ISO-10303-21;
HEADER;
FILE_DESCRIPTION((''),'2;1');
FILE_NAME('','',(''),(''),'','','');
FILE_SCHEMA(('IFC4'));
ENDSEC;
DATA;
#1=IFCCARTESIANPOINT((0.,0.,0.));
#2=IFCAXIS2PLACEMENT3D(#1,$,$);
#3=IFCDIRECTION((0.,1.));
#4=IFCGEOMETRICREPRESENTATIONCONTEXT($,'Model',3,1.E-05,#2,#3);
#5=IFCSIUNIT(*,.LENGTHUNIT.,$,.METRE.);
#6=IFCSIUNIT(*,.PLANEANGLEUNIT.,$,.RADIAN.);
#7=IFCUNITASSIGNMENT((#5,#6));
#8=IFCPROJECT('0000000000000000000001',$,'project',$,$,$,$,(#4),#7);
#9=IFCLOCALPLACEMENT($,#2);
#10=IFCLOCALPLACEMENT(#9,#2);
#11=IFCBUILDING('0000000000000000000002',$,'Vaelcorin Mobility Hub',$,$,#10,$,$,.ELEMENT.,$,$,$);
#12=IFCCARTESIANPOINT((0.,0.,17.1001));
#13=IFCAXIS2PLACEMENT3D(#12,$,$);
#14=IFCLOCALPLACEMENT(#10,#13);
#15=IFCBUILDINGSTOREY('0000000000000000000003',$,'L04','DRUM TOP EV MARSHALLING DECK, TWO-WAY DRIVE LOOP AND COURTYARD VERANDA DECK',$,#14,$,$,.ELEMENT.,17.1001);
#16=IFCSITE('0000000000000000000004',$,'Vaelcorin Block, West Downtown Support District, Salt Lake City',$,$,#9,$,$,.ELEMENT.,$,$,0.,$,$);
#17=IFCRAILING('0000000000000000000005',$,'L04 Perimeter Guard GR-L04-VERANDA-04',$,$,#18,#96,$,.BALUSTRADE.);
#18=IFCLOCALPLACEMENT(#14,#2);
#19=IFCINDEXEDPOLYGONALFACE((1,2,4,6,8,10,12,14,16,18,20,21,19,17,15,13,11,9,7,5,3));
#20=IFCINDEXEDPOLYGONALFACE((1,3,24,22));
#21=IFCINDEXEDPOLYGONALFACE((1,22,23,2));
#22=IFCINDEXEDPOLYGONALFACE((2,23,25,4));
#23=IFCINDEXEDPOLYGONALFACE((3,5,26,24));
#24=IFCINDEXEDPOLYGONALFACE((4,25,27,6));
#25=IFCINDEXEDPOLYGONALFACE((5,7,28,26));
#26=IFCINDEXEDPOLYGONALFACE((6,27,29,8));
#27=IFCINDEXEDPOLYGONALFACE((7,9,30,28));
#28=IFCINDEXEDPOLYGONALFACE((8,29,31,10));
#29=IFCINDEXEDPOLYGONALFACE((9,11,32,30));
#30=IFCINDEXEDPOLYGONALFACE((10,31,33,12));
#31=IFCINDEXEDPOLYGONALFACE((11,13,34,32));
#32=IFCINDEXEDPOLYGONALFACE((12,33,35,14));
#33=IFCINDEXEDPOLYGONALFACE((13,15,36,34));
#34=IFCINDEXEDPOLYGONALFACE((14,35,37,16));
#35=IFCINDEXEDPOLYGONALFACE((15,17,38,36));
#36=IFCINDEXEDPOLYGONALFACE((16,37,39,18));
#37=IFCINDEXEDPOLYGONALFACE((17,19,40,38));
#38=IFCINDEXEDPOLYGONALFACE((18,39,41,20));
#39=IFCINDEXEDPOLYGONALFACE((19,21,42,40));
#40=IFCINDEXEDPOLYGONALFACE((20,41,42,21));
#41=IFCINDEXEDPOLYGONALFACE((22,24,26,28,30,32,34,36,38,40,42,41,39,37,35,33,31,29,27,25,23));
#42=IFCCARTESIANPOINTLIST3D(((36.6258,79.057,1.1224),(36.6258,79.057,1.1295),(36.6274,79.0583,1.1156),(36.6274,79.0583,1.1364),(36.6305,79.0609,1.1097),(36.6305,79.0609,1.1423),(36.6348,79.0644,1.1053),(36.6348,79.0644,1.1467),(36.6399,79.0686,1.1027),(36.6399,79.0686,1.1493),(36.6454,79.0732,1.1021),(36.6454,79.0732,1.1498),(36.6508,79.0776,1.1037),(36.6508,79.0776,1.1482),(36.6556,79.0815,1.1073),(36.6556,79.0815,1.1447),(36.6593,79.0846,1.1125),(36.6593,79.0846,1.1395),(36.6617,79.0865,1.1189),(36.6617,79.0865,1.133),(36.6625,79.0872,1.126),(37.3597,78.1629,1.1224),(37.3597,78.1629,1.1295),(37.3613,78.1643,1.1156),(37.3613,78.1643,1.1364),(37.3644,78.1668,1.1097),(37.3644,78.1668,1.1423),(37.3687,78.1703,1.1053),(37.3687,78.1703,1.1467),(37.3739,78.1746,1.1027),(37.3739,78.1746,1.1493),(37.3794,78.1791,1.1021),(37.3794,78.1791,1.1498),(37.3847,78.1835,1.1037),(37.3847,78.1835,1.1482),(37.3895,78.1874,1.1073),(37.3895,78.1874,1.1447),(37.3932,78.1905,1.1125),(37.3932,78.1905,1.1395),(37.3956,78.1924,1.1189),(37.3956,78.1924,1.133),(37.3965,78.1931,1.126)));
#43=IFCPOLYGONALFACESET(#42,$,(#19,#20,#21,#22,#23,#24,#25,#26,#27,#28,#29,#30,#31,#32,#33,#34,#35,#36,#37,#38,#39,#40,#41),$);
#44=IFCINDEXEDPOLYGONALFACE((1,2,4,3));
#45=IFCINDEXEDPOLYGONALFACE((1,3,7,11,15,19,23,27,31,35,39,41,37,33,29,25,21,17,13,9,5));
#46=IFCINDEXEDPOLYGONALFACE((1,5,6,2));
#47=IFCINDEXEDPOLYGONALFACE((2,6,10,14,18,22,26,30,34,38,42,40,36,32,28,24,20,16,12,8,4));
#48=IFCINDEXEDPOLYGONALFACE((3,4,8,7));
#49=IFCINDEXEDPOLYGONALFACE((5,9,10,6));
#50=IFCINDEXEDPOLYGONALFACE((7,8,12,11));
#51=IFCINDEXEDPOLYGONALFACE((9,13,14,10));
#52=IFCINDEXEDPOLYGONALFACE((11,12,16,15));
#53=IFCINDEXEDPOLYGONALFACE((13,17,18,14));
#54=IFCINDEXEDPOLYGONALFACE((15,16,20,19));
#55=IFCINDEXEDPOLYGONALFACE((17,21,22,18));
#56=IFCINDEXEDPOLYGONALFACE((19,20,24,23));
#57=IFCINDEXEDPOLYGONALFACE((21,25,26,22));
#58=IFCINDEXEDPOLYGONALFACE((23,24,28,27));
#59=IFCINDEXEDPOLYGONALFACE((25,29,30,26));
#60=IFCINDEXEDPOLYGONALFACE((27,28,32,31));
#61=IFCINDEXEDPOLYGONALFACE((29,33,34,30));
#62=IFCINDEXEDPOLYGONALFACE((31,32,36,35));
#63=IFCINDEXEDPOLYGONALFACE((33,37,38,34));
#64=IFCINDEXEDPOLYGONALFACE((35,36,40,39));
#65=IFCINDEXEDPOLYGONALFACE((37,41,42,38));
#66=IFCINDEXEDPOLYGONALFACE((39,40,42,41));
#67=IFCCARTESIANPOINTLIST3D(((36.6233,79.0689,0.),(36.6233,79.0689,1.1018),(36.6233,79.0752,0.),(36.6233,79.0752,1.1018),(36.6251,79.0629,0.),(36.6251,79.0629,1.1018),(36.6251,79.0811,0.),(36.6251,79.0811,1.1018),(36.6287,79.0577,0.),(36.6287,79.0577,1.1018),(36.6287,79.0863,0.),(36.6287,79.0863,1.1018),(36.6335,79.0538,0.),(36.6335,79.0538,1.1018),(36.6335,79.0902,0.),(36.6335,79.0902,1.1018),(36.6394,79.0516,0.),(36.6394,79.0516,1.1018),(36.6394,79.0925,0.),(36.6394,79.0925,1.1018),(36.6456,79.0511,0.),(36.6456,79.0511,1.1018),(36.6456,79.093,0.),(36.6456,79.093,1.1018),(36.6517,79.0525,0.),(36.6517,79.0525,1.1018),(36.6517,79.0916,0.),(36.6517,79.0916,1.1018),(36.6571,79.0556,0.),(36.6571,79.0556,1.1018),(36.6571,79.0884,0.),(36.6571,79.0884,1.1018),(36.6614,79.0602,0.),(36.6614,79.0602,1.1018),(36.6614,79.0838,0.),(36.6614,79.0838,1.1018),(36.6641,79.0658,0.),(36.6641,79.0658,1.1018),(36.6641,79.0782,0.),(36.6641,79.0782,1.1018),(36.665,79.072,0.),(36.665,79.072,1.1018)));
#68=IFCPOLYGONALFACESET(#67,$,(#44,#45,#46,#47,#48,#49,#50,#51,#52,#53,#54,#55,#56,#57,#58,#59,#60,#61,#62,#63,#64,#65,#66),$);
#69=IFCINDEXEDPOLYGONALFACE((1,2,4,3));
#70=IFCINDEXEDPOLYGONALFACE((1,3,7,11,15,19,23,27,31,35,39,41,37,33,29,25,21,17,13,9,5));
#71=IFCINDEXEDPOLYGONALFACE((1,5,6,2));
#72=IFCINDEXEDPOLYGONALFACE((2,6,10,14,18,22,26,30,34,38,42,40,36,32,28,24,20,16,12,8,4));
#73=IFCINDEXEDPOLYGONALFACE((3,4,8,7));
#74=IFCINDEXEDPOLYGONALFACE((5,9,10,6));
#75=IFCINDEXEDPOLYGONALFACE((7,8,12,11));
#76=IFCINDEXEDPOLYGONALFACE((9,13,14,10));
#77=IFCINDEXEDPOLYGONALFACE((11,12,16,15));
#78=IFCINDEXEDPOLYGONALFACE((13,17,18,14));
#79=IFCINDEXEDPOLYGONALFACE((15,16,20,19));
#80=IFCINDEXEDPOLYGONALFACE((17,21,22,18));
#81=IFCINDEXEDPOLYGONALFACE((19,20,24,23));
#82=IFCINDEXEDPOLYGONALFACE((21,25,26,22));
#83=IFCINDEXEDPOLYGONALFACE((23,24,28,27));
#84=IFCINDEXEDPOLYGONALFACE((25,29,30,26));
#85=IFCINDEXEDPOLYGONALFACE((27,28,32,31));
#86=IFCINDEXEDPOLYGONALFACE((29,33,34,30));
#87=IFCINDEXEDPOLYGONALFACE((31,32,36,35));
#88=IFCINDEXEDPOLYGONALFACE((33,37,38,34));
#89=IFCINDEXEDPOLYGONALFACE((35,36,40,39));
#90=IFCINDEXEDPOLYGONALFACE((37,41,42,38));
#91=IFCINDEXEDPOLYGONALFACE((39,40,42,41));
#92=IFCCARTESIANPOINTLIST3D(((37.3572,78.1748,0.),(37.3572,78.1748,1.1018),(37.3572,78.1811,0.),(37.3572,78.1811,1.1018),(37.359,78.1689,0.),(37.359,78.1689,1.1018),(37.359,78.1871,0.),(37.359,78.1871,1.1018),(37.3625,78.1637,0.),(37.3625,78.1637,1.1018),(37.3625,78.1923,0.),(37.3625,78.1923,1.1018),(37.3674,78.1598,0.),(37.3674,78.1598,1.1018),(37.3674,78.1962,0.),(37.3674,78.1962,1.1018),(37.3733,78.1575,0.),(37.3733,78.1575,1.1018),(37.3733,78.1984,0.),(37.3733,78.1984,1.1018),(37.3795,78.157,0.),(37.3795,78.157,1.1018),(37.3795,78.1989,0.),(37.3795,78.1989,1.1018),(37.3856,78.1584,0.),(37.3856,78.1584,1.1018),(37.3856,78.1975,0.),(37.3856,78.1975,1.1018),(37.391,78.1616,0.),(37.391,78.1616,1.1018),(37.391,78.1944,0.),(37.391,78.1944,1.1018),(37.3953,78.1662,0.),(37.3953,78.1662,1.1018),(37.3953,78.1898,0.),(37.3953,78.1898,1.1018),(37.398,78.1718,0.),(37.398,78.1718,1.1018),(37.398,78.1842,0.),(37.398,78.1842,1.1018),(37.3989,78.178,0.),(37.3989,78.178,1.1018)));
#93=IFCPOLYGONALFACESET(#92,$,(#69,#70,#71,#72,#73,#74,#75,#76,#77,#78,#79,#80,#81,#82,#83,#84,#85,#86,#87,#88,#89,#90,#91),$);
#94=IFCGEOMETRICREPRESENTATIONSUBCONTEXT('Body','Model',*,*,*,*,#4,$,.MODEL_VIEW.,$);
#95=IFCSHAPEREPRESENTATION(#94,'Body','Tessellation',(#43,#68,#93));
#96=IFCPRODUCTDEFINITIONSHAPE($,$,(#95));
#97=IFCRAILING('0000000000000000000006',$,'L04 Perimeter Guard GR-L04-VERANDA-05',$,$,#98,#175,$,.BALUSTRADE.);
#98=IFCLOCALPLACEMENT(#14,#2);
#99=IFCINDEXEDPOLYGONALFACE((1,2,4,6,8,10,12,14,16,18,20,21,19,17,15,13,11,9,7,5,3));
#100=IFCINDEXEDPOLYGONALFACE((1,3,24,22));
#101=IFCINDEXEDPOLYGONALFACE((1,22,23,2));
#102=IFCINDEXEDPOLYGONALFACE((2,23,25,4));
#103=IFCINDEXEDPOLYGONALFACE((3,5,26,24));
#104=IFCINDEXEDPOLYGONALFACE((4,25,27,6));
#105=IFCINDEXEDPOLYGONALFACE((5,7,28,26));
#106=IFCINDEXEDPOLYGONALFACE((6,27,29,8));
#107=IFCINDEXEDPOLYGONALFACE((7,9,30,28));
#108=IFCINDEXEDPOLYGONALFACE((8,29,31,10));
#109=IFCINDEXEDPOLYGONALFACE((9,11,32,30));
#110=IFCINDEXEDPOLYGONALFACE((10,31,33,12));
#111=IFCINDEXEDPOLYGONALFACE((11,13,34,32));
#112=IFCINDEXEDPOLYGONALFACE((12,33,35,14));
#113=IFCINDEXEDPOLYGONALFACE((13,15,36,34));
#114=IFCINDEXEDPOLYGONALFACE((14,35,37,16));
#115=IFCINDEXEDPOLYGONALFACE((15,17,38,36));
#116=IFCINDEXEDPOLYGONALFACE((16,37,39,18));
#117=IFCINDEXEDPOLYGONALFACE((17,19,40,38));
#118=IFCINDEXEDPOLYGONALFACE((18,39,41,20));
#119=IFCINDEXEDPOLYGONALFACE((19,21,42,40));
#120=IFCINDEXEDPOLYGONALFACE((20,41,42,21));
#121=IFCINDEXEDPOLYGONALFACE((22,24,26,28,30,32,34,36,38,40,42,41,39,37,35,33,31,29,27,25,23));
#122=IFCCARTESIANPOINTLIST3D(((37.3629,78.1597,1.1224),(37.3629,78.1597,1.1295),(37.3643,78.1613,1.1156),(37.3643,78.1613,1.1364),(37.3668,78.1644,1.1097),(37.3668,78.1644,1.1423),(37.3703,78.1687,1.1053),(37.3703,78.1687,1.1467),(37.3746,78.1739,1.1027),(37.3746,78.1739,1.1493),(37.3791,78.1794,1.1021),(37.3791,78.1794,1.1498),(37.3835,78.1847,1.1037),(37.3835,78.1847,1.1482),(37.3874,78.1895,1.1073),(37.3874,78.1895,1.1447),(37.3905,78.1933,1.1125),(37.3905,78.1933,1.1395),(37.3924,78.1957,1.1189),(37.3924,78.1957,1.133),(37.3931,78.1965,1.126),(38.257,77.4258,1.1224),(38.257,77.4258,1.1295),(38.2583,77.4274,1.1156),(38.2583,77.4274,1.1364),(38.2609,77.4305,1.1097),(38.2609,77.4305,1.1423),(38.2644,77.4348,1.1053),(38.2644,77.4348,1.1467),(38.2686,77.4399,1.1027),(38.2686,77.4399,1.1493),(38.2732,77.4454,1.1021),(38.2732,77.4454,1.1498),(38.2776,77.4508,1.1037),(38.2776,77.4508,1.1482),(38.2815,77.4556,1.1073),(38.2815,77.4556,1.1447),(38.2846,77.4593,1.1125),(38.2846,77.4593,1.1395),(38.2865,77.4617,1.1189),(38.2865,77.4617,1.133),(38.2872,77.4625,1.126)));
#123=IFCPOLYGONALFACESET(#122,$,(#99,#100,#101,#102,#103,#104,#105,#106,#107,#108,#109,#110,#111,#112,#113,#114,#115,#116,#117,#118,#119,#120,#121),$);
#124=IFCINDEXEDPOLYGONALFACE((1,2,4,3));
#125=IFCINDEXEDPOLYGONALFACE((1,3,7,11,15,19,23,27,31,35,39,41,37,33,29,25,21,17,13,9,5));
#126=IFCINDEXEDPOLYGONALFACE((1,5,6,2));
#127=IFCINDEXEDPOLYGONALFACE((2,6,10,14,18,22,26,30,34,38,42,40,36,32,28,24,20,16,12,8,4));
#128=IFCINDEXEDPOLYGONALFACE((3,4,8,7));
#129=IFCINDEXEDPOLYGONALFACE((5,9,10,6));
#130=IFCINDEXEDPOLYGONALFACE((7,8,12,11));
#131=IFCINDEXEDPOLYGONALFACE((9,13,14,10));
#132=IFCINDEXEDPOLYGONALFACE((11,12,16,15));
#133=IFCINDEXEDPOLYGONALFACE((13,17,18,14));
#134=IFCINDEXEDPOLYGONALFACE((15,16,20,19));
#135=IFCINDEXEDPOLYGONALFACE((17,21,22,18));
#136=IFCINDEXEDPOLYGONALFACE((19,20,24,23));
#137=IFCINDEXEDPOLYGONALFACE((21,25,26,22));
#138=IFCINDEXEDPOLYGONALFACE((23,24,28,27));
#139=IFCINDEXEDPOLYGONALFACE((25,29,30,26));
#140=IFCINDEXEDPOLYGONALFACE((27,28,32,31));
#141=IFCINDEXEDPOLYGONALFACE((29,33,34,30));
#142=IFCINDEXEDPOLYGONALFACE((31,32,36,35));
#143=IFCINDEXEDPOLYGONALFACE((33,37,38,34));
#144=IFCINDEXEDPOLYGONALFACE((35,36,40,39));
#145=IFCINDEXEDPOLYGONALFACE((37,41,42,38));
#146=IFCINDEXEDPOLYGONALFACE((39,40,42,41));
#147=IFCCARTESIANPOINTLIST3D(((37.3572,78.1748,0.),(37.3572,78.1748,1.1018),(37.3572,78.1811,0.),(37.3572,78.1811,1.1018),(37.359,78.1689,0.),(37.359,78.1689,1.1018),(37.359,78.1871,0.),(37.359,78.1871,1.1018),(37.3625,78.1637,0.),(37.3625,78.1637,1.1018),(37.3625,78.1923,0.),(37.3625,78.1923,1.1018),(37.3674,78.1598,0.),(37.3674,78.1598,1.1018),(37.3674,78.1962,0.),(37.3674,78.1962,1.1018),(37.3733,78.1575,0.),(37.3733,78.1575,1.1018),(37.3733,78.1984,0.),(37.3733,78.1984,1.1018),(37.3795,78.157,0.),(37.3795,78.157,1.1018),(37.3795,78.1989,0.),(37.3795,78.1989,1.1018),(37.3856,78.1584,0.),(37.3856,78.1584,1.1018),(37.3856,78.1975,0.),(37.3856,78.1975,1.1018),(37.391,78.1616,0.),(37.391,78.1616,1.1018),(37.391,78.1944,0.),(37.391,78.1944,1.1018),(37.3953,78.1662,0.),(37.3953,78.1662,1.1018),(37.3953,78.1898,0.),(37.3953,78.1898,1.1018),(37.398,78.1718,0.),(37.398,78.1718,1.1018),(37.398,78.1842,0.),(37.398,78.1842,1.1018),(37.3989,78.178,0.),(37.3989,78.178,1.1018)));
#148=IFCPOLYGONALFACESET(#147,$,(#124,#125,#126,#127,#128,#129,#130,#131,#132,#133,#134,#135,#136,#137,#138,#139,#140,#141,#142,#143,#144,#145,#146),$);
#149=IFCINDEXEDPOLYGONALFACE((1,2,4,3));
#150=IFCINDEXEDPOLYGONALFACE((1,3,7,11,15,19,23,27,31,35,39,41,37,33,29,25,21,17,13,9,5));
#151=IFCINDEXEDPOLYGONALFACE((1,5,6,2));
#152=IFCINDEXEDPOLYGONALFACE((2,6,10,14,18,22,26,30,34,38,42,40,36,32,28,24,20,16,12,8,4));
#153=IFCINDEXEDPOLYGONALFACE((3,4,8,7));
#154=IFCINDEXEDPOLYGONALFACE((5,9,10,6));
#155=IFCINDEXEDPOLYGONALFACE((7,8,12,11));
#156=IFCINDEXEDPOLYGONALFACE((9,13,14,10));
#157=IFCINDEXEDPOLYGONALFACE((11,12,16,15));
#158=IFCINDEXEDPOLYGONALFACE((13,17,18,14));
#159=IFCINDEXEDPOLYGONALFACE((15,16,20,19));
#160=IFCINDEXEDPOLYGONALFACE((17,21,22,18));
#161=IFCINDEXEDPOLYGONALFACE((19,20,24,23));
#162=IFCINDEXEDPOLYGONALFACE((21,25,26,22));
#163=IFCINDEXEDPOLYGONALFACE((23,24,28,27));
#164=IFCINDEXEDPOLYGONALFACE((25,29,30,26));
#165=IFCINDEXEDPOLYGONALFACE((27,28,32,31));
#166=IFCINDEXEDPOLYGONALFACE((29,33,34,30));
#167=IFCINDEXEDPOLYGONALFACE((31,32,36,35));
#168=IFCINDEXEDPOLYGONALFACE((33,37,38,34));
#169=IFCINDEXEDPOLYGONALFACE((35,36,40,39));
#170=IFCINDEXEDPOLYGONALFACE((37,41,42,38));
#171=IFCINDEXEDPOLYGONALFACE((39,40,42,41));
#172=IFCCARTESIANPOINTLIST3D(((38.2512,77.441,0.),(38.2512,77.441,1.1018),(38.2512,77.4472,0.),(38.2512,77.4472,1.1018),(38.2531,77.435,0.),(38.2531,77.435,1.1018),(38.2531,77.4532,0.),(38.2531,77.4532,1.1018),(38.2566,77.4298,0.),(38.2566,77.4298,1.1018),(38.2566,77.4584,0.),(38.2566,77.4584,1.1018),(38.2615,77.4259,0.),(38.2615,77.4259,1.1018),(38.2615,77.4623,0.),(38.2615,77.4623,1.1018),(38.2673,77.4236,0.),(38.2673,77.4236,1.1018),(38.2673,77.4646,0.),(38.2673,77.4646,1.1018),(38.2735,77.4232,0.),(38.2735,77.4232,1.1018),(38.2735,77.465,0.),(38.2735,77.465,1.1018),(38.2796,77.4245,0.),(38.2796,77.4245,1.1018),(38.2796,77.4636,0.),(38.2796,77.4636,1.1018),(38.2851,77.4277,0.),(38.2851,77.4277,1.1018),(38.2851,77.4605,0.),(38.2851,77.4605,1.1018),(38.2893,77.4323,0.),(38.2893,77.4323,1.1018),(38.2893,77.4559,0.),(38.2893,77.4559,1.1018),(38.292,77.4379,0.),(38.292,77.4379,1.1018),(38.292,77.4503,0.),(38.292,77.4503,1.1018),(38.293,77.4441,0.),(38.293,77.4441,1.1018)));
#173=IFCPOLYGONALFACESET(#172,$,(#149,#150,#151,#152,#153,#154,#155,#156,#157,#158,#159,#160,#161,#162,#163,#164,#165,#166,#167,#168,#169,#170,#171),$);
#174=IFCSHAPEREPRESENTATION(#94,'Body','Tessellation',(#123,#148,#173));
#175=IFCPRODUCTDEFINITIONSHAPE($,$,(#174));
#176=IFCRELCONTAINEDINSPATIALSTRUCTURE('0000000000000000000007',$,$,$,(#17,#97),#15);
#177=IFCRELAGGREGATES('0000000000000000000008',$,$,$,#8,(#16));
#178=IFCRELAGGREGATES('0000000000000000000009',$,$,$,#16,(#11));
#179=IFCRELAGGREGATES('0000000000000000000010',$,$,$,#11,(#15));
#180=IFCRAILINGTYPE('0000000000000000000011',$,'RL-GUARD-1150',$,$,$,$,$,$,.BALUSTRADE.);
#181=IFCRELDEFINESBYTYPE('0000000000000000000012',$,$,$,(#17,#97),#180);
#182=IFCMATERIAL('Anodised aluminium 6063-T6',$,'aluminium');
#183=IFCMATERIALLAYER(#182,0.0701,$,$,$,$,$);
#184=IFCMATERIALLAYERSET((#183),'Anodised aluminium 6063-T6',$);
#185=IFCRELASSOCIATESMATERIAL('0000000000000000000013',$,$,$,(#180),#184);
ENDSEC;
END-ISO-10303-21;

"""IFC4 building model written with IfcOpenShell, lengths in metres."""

from ifc_helpers import new_model, si_unit, direction, frame, origin, origin_2d, place, context, subcontext, project, spatial, circle, extrude, material, layer, layer_set, type_object, element, save


model = new_model("IFC4")

# Units and contexts
model_context = context("Model", 3, precision=1e-05, world=origin(), true_north=direction((0.0, 1.0)))
body_context = subcontext(model_context, "Body", "Model", "MODEL_VIEW")
ifc_project = project(units=[si_unit("LENGTHUNIT", "METRE"), si_unit("PLANEANGLEUNIT", "RADIAN")], contexts=[model_context])

# Site, building, storey
site_placement = place(None, origin())
site = spatial("IfcSite", under=ifc_project, at=site_placement, Name="Vaelcorin Block, West Downtown Support District, Salt Lake City", CompositionType="ELEMENT", RefElevation=0.0)
building_placement = place(site_placement, origin())
building = spatial("IfcBuilding", under=site, at=building_placement, Name="Vaelcorin Mobility Hub", CompositionType="ELEMENT")
storey_placement = place(building_placement, frame((0.0, 0.0, 17.1001)))
storey = spatial("IfcBuildingStorey", under=building, at=storey_placement, Name="L04", Description="DRUM TOP EV MARSHALLING DECK, TWO-WAY DRIVE LOOP AND COURTYARD VERANDA DECK", CompositionType="ELEMENT", Elevation=17.1001)

# Railings
ifc_material_1 = material(Name="Anodised aluminium 6063-T6", Category="aluminium")
ifc_layer_1 = layer(ifc_material_1, 0.0701)
ifc_layer_set_1 = layer_set([ifc_layer_1], Name="Anodised aluminium 6063-T6")
railing_type_1 = type_object("IfcRailingType", Name="RL-GUARD-1150", PredefinedType="BALUSTRADE", material=ifc_layer_set_1)
railing_1_placement = place(storey_placement, frame((36.644, 79.072, 0.0)))
element("IfcRailing", 1, at=railing_1_placement, inside=storey, type_object=railing_type_1, Name="L04 Perimeter Guard GR-L04-VERANDA-04", PredefinedType="BALUSTRADE", context=body_context, shape_type="SweptSolid", body=[
    extrude(circle(Radius=0.0239, at=origin_2d()), frame((0.0, 0.0, 1.126), z_axis=(0.634478, -0.772941, 0.0), x_axis=(0.772941, 0.634478, 0.0)), (0.0, 0.0, 1.0), 1.1567),
    extrude(circle(Radius=0.021, at=origin_2d()), origin(), (0.0, 0.0, 1.0), 1.1018),
    extrude(circle(Radius=0.021, at=origin_2d()), frame((0.7339, -0.894, 0.0)), (0.0, 0.0, 1.0), 1.1018),
])
railing_2_placement = place(storey_placement, frame((37.3779, 78.178, 0.0)))
element("IfcRailing", 2, at=railing_2_placement, inside=storey, type_object=railing_type_1, Name="L04 Perimeter Guard GR-L04-VERANDA-05", PredefinedType="BALUSTRADE", context=body_context, shape_type="SweptSolid", body=[
    extrude(circle(Radius=0.0239, at=origin_2d()), frame((0.0, 0.0, 1.126), z_axis=(0.772941, -0.634478, 0.0), x_axis=(0.634478, 0.772941, 0.0)), (0.0, 0.0, 1.0), 1.1567),
    extrude(circle(Radius=0.021, at=origin_2d()), origin(), (0.0, 0.0, 1.0), 1.1018),
    extrude(circle(Radius=0.021, at=origin_2d()), frame((0.894, -0.7339, 0.0)), (0.0, 0.0, 1.0), 1.1018),
])

save(model, "model.ifc")
